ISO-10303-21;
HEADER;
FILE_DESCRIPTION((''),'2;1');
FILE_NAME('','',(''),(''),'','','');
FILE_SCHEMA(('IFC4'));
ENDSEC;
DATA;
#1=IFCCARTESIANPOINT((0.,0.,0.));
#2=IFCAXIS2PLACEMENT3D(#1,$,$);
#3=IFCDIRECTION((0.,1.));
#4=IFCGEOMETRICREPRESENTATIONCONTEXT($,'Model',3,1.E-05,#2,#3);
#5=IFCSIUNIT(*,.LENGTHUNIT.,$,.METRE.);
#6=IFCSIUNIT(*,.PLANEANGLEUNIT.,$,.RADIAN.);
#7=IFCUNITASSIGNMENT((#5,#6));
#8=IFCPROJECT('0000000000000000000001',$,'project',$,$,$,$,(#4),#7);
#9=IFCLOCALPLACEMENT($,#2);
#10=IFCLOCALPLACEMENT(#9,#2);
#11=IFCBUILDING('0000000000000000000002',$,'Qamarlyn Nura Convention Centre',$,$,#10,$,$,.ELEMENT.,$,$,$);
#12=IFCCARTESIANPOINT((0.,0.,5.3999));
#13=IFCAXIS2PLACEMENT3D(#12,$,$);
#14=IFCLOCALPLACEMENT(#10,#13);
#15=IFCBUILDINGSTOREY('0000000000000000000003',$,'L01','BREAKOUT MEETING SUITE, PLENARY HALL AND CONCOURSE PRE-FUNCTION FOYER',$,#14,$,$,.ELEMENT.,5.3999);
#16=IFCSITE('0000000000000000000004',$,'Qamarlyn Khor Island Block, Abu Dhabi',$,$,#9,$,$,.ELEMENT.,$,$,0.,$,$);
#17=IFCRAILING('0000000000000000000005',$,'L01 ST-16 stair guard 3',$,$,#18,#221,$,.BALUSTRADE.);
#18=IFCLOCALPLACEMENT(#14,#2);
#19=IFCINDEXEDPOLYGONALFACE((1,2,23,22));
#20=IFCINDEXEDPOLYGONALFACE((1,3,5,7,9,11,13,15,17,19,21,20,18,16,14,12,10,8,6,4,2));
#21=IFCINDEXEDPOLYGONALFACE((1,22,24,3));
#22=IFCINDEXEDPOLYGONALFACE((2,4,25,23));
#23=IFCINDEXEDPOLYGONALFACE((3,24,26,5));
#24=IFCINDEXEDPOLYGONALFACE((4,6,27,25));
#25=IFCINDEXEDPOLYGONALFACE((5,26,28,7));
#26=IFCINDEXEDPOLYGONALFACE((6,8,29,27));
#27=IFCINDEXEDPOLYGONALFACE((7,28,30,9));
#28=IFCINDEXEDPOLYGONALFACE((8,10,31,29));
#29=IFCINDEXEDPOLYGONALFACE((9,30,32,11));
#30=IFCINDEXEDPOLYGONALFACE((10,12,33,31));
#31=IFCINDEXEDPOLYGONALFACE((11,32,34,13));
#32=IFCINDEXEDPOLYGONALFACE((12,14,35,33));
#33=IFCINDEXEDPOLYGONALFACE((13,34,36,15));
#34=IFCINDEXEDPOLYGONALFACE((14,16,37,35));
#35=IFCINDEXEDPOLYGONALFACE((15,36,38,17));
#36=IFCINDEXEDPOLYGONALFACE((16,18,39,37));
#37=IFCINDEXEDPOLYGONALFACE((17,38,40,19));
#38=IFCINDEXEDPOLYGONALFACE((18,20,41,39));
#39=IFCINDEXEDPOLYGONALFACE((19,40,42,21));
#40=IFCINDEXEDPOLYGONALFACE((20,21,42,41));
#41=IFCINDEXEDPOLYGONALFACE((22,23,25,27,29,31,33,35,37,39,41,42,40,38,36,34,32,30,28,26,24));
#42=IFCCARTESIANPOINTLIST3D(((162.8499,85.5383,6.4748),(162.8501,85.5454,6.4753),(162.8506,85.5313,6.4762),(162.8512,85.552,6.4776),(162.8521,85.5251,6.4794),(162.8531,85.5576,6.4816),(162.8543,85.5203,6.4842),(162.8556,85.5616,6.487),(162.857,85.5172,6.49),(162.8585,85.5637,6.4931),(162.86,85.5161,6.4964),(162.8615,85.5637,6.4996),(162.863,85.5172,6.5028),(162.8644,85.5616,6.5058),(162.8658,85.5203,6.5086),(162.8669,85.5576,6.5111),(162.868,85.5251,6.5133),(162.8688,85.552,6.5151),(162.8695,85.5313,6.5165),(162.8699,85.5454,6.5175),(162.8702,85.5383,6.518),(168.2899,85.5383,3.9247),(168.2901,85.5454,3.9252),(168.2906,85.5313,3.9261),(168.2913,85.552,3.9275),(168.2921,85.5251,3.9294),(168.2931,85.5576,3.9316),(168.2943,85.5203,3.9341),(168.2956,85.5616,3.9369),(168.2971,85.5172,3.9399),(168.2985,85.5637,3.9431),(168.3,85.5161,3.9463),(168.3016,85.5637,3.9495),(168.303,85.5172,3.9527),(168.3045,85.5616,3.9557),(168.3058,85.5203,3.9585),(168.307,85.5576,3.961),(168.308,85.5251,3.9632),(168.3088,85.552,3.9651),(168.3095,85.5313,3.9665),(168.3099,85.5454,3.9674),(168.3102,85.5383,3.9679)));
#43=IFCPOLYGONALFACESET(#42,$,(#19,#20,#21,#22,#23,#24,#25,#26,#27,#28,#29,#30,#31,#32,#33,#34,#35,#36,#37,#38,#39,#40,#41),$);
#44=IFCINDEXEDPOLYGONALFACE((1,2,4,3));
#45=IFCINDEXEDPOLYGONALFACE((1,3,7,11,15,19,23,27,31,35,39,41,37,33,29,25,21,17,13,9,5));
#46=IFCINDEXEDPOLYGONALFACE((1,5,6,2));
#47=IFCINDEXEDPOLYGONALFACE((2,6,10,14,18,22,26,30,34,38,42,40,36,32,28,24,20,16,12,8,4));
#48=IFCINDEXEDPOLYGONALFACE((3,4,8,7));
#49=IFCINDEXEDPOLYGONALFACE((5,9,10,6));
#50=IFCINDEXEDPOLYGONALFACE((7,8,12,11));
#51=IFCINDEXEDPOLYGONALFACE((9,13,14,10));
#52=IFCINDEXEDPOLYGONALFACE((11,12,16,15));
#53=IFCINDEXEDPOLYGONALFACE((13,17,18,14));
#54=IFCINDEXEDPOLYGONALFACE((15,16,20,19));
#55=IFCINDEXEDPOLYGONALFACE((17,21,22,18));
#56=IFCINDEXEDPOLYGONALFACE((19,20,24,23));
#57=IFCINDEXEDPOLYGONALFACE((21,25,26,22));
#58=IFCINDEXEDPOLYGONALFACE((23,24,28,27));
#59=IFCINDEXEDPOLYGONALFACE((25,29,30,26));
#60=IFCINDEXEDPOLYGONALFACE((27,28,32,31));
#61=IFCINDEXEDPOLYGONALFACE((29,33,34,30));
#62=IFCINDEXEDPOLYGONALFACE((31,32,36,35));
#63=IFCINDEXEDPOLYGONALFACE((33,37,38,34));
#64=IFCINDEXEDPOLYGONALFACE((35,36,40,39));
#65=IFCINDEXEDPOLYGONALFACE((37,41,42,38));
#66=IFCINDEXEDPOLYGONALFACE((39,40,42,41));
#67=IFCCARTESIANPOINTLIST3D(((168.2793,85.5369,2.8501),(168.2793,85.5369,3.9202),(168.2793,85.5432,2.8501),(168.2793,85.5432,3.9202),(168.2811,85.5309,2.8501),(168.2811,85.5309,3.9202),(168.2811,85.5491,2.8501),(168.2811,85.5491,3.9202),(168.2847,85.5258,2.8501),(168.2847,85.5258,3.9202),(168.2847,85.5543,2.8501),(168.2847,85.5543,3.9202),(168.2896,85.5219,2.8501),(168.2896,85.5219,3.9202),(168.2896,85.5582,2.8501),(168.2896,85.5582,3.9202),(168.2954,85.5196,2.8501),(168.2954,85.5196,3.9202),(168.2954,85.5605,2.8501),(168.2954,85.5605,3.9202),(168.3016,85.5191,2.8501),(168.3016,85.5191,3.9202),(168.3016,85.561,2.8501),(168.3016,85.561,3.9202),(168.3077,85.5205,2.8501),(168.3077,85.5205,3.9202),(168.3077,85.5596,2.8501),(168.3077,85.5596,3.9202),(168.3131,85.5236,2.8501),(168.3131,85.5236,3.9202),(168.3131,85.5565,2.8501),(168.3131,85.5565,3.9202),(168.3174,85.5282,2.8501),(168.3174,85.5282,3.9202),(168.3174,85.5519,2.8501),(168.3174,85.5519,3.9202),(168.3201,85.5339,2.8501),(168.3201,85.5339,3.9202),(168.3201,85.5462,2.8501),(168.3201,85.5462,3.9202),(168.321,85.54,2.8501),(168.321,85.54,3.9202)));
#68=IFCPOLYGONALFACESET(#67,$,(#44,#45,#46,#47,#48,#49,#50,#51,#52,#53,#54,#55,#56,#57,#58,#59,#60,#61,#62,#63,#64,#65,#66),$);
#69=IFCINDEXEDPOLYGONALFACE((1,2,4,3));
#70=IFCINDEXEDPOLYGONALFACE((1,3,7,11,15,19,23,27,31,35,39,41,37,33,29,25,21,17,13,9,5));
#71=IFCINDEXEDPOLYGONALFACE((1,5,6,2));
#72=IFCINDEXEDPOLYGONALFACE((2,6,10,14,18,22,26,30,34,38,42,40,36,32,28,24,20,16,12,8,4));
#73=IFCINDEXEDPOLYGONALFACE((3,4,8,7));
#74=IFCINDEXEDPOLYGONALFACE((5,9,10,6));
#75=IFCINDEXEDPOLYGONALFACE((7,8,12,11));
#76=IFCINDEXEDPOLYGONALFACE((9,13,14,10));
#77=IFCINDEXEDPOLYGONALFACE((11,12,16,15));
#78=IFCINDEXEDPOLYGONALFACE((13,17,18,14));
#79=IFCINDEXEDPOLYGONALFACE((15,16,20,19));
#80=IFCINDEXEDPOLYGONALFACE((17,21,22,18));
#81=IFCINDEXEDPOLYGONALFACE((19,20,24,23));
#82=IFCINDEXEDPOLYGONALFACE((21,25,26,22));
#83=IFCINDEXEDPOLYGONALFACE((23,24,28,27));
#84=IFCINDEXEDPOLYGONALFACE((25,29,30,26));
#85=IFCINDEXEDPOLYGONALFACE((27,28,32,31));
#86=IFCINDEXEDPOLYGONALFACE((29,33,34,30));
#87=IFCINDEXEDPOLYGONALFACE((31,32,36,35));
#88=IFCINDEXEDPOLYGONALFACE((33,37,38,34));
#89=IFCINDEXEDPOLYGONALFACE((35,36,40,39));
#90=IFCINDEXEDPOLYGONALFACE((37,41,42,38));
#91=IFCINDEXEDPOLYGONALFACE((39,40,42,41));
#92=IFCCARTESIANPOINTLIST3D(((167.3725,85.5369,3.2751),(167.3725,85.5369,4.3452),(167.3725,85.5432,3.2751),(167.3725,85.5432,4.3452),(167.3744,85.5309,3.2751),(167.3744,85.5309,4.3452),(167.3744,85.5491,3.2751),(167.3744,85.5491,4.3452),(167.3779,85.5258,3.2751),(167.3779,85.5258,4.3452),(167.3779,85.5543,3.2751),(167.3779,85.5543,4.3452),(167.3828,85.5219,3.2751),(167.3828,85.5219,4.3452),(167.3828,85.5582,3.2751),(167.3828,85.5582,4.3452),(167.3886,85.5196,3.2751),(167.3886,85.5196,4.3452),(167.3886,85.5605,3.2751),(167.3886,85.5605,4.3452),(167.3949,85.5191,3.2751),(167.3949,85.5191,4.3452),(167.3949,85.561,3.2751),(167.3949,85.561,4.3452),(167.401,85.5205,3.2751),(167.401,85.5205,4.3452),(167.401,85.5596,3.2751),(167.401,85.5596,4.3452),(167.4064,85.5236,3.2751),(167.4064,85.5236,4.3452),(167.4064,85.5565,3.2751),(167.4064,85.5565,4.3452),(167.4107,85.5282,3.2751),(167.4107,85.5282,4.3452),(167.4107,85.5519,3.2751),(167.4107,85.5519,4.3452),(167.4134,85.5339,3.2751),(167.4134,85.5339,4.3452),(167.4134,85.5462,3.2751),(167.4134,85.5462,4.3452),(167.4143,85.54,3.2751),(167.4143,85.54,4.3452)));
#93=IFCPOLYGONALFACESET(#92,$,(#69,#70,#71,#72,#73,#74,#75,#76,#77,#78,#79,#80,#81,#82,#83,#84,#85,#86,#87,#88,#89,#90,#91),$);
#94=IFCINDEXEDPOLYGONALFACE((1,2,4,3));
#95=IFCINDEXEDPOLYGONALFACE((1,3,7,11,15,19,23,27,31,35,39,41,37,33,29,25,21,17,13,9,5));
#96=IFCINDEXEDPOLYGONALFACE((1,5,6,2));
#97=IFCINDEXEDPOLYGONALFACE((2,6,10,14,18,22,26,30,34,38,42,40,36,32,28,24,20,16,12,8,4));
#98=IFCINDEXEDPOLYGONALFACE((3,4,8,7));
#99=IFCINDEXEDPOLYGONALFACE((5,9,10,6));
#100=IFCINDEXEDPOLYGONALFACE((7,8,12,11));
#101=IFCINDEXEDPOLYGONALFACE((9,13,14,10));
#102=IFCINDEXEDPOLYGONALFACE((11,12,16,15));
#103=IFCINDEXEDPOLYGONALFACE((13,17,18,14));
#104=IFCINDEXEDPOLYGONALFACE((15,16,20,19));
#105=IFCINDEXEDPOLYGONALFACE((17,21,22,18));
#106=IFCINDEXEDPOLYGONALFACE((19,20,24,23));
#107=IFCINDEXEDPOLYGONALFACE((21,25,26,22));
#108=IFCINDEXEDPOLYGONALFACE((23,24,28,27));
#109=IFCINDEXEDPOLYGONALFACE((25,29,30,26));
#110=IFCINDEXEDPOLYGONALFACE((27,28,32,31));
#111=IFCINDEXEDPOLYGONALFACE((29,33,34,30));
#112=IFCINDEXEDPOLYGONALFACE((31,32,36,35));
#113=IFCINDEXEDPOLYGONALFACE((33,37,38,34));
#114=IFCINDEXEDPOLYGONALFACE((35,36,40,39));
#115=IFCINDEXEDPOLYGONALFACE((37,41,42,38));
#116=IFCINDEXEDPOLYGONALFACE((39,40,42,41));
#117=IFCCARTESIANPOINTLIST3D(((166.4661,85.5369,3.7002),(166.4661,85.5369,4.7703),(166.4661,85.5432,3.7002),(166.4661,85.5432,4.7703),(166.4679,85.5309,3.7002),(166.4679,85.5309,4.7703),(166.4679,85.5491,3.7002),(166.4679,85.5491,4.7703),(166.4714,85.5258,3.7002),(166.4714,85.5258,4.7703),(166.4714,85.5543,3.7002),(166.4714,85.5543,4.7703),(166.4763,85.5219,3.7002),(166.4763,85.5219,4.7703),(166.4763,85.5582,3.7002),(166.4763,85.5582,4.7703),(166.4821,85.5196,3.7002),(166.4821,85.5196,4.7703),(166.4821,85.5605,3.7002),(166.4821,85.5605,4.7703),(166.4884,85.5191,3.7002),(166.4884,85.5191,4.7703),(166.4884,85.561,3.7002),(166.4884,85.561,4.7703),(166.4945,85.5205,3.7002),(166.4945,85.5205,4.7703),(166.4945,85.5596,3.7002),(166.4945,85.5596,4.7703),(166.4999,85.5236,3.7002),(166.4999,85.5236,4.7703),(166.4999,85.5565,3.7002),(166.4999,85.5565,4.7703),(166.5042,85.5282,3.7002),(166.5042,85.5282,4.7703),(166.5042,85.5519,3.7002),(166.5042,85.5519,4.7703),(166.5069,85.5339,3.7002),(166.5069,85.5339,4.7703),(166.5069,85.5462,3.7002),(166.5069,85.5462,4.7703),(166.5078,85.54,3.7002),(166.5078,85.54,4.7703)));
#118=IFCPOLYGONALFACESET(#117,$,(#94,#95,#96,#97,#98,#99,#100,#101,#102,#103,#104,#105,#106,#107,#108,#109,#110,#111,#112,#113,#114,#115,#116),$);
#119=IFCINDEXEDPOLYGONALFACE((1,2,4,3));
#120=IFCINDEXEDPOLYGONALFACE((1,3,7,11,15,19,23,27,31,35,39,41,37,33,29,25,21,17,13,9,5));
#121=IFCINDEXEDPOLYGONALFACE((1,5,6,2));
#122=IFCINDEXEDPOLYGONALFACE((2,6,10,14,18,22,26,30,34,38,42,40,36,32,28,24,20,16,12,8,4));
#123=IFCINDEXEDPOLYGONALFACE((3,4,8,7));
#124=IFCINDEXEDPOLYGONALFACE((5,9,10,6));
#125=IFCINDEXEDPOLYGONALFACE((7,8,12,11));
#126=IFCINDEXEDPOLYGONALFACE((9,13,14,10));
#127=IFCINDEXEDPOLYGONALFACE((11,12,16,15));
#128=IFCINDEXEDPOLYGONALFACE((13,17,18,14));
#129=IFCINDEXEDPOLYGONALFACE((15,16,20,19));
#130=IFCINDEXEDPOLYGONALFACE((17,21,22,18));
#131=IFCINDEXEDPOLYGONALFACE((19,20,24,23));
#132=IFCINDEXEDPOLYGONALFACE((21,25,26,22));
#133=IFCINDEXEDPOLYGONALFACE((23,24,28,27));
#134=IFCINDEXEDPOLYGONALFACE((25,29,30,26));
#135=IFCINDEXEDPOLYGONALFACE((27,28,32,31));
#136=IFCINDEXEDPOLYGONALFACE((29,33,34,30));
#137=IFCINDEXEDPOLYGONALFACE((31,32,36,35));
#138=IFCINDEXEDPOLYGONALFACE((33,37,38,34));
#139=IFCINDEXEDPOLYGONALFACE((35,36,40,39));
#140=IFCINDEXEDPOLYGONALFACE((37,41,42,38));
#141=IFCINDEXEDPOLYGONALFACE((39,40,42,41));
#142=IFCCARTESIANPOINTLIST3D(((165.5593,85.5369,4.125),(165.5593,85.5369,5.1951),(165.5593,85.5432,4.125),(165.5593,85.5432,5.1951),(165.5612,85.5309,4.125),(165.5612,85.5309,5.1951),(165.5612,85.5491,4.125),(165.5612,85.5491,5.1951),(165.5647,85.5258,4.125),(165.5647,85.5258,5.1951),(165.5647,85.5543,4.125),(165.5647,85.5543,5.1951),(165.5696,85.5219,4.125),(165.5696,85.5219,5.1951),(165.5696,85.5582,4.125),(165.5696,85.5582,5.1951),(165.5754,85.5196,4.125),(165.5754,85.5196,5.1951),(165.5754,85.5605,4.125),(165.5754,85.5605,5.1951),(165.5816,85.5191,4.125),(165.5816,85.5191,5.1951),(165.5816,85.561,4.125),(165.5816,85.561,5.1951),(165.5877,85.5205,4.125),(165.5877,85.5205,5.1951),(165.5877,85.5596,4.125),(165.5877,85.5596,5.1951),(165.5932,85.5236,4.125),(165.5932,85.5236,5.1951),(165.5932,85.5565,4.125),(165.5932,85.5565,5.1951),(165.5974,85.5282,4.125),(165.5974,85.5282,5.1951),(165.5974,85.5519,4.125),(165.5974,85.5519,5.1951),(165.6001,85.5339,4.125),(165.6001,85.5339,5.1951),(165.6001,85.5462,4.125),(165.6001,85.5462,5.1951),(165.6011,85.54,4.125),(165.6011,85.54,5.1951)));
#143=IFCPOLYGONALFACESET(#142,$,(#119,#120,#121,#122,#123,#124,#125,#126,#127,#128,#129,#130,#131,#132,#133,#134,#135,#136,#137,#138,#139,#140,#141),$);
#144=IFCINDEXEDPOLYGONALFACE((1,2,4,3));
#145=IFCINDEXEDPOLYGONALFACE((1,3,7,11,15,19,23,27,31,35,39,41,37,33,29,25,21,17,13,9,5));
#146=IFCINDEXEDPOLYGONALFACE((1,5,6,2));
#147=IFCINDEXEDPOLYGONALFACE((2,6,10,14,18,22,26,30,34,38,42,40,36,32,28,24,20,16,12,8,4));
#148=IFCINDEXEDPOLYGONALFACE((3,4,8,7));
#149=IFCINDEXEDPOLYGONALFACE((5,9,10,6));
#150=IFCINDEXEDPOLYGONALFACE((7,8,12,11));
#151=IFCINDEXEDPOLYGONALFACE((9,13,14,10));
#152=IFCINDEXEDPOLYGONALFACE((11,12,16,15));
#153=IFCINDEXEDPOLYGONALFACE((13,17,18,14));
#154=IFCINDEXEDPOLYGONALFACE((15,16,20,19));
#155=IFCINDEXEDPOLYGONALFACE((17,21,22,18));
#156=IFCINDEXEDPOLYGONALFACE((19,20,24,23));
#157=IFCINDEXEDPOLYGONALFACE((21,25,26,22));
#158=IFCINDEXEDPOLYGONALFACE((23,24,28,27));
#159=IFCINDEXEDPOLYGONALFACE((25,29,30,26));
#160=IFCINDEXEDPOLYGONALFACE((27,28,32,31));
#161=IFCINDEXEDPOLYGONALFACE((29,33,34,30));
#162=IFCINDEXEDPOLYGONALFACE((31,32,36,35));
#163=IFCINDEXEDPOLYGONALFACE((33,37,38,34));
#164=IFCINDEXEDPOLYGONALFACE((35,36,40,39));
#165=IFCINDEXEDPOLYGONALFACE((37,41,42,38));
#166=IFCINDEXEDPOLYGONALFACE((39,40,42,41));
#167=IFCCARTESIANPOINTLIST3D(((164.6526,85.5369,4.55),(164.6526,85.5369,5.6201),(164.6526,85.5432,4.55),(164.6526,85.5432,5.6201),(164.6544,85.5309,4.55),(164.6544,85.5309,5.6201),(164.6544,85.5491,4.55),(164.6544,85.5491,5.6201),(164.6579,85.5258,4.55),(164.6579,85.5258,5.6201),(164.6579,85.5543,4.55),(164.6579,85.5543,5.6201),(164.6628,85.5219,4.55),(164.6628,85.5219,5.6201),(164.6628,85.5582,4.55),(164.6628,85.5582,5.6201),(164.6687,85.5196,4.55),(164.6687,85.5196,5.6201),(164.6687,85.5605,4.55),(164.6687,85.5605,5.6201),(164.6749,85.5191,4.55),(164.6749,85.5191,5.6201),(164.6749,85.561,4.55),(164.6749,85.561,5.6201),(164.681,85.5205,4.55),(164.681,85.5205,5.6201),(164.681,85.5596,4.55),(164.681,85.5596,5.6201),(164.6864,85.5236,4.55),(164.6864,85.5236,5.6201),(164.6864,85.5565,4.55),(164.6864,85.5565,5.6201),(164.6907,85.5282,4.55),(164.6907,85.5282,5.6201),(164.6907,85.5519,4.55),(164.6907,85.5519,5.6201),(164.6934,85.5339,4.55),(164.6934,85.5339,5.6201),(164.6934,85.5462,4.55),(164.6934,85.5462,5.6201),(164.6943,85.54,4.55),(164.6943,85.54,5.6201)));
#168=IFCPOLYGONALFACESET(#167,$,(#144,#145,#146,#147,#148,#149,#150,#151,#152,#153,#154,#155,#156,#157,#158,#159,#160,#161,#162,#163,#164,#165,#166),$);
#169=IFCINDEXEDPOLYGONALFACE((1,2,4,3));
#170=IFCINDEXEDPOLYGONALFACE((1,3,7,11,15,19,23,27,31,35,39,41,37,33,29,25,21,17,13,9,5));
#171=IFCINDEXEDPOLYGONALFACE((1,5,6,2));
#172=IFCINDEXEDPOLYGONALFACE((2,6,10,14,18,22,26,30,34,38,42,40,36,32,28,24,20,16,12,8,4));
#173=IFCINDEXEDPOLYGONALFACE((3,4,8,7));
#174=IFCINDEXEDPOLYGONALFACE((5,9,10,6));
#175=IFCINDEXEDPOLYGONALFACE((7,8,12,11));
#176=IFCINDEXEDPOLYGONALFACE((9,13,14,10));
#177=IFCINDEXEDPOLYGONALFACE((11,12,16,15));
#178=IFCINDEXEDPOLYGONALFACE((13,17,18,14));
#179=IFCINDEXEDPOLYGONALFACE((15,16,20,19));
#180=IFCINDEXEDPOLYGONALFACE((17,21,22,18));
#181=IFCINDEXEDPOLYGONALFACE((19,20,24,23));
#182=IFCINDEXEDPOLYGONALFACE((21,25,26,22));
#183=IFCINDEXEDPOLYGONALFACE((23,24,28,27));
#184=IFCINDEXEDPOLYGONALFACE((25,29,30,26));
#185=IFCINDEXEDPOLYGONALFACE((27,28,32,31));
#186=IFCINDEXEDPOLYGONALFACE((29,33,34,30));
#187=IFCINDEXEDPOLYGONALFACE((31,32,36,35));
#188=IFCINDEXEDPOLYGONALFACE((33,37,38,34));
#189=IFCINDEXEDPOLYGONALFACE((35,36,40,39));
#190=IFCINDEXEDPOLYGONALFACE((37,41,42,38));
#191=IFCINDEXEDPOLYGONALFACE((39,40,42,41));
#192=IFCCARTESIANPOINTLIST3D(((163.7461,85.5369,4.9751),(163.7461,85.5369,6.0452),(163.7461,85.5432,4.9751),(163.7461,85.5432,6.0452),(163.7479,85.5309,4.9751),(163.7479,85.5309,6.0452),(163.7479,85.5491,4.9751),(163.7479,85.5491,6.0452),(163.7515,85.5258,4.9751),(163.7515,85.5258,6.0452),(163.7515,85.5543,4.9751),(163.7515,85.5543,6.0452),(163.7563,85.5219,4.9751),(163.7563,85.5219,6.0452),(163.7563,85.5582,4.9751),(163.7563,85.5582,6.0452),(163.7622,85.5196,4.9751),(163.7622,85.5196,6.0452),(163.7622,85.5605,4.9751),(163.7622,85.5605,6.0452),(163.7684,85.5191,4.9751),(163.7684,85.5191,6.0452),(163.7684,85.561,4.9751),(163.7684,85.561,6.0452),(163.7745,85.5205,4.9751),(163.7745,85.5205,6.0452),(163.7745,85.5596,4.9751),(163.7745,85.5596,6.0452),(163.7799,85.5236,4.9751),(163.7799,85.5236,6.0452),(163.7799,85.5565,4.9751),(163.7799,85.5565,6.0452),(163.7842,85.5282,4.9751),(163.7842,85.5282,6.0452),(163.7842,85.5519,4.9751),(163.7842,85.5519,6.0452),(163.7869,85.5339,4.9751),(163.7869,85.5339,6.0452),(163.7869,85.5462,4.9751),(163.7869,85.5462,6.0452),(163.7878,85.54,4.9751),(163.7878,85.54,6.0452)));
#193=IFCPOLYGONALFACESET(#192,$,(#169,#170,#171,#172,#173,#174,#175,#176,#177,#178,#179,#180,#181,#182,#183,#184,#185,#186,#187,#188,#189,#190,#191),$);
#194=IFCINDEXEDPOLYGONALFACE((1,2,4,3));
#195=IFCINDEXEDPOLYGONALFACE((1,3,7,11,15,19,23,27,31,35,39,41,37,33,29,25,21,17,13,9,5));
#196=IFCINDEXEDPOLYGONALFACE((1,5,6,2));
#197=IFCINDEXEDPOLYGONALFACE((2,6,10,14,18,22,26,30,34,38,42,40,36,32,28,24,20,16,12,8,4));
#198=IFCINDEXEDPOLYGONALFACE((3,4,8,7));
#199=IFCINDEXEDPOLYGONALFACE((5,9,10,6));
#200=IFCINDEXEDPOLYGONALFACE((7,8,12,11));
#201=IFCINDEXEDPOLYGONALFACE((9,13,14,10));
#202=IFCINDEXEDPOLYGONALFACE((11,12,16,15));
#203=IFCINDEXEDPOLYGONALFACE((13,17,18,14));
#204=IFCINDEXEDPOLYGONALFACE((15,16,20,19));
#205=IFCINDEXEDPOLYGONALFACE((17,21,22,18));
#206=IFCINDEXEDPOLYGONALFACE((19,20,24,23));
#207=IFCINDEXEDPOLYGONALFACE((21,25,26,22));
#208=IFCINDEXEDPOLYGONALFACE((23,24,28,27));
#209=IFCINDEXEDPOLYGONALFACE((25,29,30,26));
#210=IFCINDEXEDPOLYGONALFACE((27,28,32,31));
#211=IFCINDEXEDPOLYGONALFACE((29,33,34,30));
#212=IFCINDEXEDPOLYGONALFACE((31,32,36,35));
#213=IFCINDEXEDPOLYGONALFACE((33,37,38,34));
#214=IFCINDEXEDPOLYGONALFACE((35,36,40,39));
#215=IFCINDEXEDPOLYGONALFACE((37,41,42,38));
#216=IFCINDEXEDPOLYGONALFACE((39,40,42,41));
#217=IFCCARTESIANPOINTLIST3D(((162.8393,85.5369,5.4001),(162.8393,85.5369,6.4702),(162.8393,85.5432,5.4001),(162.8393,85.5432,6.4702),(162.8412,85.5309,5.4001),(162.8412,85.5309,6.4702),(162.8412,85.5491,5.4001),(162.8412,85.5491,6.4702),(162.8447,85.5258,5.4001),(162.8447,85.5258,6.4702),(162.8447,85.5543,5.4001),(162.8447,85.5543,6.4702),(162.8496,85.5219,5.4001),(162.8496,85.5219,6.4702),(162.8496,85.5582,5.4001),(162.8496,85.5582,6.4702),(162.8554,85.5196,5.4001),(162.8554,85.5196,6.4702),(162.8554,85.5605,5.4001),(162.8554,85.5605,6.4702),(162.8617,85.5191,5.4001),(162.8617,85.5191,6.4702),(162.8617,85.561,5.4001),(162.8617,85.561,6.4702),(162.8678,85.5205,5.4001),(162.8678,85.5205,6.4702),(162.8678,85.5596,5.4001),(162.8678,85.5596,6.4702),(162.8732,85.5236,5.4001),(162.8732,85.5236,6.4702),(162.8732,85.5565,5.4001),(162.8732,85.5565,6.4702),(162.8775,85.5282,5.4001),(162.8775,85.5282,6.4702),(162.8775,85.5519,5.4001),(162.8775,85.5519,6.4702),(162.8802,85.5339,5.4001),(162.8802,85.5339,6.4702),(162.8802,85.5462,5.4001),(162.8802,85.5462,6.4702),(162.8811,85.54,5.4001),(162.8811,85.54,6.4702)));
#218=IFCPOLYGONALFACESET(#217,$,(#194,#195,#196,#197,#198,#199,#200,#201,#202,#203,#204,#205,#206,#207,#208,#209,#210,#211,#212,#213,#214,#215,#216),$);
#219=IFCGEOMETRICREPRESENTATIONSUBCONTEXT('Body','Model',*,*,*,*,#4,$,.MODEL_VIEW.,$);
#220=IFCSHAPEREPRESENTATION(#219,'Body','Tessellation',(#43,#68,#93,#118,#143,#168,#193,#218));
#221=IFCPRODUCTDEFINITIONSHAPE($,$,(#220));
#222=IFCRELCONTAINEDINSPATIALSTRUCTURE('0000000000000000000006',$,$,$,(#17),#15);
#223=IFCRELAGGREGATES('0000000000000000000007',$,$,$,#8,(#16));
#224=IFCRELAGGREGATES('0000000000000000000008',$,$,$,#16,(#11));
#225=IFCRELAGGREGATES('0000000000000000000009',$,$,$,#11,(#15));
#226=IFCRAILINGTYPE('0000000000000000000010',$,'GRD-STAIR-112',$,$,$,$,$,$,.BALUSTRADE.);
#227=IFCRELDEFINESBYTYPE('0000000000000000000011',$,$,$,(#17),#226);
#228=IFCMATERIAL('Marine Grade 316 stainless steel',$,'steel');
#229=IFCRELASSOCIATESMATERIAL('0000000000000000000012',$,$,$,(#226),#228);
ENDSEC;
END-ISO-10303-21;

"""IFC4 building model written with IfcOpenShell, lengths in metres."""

from ifc_helpers import new_model, si_unit, direction, frame, origin, origin_2d, place, context, subcontext, project, spatial, circle, extrude, material, type_object, element, save


model = new_model("IFC4")

# Units and contexts
model_context = context("Model", 3, precision=1e-05, world=origin(), true_north=direction((0.0, 1.0)))
body_context = subcontext(model_context, "Body", "Model", "MODEL_VIEW")
ifc_project = project(units=[si_unit("LENGTHUNIT", "METRE"), si_unit("PLANEANGLEUNIT", "RADIAN")], contexts=[model_context])

# Site, building, storey
site_placement = place(None, origin())
site = spatial("IfcSite", under=ifc_project, at=site_placement, Name="Qamarlyn Khor Island Block, Abu Dhabi", CompositionType="ELEMENT", RefElevation=0.0)
building_placement = place(site_placement, origin())
building = spatial("IfcBuilding", under=site, at=building_placement, Name="Qamarlyn Nura Convention Centre", CompositionType="ELEMENT")
storey_placement = place(building_placement, frame((0.0, 0.0, 5.3999)))
storey = spatial("IfcBuildingStorey", under=building, at=storey_placement, Name="L01", Description="BREAKOUT MEETING SUITE, PLENARY HALL AND CONCOURSE PRE-FUNCTION FOYER", CompositionType="ELEMENT", Elevation=5.3999)

# Railing
ifc_material_1 = material(Name="Marine Grade 316 stainless steel", Category="steel")
railing_type_1 = type_object("IfcRailingType", Name="GRD-STAIR-112", PredefinedType="BALUSTRADE", material=ifc_material_1)
railing_1_placement = place(storey_placement, frame((168.3, 85.54, 2.8501)))
element("IfcRailing", 1, at=railing_1_placement, inside=storey, type_object=railing_type_1, Name="L01 ST-16 stair guard 3", PredefinedType="BALUSTRADE", context=body_context, shape_type="SweptSolid", body=[
    extrude(circle(Radius=0.0239, at=origin_2d()), frame((0.0, 0.0, 1.0962), z_axis=(-0.905454, 0.0, 0.424444), x_axis=(0.0, -1.0, 0.0)), (0.0, 0.0, 1.0), 6.0081),
    extrude(circle(Radius=0.021, at=origin_2d()), origin(), (0.0, 0.0, 1.0), 1.0701),
    extrude(circle(Radius=0.021, at=origin_2d()), frame((-0.9067, 0.0, 0.425)), (0.0, 0.0, 1.0), 1.0701),
    extrude(circle(Radius=0.021, at=origin_2d()), frame((-1.8132, 0.0, 0.8501)), (0.0, 0.0, 1.0), 1.0701),
    extrude(circle(Radius=0.021, at=origin_2d()), frame((-2.72, 0.0, 1.2749)), (0.0, 0.0, 1.0), 1.0701),
    extrude(circle(Radius=0.021, at=origin_2d()), frame((-3.6267, 0.0, 1.7)), (0.0, 0.0, 1.0), 1.0701),
    extrude(circle(Radius=0.021, at=origin_2d()), frame((-4.5332, 0.0, 2.125)), (0.0, 0.0, 1.0), 1.0701),
    extrude(circle(Radius=0.021, at=origin_2d()), frame((-5.4399, 0.0, 2.55)), (0.0, 0.0, 1.0), 1.0701),
])

save(model, "model.ifc")
